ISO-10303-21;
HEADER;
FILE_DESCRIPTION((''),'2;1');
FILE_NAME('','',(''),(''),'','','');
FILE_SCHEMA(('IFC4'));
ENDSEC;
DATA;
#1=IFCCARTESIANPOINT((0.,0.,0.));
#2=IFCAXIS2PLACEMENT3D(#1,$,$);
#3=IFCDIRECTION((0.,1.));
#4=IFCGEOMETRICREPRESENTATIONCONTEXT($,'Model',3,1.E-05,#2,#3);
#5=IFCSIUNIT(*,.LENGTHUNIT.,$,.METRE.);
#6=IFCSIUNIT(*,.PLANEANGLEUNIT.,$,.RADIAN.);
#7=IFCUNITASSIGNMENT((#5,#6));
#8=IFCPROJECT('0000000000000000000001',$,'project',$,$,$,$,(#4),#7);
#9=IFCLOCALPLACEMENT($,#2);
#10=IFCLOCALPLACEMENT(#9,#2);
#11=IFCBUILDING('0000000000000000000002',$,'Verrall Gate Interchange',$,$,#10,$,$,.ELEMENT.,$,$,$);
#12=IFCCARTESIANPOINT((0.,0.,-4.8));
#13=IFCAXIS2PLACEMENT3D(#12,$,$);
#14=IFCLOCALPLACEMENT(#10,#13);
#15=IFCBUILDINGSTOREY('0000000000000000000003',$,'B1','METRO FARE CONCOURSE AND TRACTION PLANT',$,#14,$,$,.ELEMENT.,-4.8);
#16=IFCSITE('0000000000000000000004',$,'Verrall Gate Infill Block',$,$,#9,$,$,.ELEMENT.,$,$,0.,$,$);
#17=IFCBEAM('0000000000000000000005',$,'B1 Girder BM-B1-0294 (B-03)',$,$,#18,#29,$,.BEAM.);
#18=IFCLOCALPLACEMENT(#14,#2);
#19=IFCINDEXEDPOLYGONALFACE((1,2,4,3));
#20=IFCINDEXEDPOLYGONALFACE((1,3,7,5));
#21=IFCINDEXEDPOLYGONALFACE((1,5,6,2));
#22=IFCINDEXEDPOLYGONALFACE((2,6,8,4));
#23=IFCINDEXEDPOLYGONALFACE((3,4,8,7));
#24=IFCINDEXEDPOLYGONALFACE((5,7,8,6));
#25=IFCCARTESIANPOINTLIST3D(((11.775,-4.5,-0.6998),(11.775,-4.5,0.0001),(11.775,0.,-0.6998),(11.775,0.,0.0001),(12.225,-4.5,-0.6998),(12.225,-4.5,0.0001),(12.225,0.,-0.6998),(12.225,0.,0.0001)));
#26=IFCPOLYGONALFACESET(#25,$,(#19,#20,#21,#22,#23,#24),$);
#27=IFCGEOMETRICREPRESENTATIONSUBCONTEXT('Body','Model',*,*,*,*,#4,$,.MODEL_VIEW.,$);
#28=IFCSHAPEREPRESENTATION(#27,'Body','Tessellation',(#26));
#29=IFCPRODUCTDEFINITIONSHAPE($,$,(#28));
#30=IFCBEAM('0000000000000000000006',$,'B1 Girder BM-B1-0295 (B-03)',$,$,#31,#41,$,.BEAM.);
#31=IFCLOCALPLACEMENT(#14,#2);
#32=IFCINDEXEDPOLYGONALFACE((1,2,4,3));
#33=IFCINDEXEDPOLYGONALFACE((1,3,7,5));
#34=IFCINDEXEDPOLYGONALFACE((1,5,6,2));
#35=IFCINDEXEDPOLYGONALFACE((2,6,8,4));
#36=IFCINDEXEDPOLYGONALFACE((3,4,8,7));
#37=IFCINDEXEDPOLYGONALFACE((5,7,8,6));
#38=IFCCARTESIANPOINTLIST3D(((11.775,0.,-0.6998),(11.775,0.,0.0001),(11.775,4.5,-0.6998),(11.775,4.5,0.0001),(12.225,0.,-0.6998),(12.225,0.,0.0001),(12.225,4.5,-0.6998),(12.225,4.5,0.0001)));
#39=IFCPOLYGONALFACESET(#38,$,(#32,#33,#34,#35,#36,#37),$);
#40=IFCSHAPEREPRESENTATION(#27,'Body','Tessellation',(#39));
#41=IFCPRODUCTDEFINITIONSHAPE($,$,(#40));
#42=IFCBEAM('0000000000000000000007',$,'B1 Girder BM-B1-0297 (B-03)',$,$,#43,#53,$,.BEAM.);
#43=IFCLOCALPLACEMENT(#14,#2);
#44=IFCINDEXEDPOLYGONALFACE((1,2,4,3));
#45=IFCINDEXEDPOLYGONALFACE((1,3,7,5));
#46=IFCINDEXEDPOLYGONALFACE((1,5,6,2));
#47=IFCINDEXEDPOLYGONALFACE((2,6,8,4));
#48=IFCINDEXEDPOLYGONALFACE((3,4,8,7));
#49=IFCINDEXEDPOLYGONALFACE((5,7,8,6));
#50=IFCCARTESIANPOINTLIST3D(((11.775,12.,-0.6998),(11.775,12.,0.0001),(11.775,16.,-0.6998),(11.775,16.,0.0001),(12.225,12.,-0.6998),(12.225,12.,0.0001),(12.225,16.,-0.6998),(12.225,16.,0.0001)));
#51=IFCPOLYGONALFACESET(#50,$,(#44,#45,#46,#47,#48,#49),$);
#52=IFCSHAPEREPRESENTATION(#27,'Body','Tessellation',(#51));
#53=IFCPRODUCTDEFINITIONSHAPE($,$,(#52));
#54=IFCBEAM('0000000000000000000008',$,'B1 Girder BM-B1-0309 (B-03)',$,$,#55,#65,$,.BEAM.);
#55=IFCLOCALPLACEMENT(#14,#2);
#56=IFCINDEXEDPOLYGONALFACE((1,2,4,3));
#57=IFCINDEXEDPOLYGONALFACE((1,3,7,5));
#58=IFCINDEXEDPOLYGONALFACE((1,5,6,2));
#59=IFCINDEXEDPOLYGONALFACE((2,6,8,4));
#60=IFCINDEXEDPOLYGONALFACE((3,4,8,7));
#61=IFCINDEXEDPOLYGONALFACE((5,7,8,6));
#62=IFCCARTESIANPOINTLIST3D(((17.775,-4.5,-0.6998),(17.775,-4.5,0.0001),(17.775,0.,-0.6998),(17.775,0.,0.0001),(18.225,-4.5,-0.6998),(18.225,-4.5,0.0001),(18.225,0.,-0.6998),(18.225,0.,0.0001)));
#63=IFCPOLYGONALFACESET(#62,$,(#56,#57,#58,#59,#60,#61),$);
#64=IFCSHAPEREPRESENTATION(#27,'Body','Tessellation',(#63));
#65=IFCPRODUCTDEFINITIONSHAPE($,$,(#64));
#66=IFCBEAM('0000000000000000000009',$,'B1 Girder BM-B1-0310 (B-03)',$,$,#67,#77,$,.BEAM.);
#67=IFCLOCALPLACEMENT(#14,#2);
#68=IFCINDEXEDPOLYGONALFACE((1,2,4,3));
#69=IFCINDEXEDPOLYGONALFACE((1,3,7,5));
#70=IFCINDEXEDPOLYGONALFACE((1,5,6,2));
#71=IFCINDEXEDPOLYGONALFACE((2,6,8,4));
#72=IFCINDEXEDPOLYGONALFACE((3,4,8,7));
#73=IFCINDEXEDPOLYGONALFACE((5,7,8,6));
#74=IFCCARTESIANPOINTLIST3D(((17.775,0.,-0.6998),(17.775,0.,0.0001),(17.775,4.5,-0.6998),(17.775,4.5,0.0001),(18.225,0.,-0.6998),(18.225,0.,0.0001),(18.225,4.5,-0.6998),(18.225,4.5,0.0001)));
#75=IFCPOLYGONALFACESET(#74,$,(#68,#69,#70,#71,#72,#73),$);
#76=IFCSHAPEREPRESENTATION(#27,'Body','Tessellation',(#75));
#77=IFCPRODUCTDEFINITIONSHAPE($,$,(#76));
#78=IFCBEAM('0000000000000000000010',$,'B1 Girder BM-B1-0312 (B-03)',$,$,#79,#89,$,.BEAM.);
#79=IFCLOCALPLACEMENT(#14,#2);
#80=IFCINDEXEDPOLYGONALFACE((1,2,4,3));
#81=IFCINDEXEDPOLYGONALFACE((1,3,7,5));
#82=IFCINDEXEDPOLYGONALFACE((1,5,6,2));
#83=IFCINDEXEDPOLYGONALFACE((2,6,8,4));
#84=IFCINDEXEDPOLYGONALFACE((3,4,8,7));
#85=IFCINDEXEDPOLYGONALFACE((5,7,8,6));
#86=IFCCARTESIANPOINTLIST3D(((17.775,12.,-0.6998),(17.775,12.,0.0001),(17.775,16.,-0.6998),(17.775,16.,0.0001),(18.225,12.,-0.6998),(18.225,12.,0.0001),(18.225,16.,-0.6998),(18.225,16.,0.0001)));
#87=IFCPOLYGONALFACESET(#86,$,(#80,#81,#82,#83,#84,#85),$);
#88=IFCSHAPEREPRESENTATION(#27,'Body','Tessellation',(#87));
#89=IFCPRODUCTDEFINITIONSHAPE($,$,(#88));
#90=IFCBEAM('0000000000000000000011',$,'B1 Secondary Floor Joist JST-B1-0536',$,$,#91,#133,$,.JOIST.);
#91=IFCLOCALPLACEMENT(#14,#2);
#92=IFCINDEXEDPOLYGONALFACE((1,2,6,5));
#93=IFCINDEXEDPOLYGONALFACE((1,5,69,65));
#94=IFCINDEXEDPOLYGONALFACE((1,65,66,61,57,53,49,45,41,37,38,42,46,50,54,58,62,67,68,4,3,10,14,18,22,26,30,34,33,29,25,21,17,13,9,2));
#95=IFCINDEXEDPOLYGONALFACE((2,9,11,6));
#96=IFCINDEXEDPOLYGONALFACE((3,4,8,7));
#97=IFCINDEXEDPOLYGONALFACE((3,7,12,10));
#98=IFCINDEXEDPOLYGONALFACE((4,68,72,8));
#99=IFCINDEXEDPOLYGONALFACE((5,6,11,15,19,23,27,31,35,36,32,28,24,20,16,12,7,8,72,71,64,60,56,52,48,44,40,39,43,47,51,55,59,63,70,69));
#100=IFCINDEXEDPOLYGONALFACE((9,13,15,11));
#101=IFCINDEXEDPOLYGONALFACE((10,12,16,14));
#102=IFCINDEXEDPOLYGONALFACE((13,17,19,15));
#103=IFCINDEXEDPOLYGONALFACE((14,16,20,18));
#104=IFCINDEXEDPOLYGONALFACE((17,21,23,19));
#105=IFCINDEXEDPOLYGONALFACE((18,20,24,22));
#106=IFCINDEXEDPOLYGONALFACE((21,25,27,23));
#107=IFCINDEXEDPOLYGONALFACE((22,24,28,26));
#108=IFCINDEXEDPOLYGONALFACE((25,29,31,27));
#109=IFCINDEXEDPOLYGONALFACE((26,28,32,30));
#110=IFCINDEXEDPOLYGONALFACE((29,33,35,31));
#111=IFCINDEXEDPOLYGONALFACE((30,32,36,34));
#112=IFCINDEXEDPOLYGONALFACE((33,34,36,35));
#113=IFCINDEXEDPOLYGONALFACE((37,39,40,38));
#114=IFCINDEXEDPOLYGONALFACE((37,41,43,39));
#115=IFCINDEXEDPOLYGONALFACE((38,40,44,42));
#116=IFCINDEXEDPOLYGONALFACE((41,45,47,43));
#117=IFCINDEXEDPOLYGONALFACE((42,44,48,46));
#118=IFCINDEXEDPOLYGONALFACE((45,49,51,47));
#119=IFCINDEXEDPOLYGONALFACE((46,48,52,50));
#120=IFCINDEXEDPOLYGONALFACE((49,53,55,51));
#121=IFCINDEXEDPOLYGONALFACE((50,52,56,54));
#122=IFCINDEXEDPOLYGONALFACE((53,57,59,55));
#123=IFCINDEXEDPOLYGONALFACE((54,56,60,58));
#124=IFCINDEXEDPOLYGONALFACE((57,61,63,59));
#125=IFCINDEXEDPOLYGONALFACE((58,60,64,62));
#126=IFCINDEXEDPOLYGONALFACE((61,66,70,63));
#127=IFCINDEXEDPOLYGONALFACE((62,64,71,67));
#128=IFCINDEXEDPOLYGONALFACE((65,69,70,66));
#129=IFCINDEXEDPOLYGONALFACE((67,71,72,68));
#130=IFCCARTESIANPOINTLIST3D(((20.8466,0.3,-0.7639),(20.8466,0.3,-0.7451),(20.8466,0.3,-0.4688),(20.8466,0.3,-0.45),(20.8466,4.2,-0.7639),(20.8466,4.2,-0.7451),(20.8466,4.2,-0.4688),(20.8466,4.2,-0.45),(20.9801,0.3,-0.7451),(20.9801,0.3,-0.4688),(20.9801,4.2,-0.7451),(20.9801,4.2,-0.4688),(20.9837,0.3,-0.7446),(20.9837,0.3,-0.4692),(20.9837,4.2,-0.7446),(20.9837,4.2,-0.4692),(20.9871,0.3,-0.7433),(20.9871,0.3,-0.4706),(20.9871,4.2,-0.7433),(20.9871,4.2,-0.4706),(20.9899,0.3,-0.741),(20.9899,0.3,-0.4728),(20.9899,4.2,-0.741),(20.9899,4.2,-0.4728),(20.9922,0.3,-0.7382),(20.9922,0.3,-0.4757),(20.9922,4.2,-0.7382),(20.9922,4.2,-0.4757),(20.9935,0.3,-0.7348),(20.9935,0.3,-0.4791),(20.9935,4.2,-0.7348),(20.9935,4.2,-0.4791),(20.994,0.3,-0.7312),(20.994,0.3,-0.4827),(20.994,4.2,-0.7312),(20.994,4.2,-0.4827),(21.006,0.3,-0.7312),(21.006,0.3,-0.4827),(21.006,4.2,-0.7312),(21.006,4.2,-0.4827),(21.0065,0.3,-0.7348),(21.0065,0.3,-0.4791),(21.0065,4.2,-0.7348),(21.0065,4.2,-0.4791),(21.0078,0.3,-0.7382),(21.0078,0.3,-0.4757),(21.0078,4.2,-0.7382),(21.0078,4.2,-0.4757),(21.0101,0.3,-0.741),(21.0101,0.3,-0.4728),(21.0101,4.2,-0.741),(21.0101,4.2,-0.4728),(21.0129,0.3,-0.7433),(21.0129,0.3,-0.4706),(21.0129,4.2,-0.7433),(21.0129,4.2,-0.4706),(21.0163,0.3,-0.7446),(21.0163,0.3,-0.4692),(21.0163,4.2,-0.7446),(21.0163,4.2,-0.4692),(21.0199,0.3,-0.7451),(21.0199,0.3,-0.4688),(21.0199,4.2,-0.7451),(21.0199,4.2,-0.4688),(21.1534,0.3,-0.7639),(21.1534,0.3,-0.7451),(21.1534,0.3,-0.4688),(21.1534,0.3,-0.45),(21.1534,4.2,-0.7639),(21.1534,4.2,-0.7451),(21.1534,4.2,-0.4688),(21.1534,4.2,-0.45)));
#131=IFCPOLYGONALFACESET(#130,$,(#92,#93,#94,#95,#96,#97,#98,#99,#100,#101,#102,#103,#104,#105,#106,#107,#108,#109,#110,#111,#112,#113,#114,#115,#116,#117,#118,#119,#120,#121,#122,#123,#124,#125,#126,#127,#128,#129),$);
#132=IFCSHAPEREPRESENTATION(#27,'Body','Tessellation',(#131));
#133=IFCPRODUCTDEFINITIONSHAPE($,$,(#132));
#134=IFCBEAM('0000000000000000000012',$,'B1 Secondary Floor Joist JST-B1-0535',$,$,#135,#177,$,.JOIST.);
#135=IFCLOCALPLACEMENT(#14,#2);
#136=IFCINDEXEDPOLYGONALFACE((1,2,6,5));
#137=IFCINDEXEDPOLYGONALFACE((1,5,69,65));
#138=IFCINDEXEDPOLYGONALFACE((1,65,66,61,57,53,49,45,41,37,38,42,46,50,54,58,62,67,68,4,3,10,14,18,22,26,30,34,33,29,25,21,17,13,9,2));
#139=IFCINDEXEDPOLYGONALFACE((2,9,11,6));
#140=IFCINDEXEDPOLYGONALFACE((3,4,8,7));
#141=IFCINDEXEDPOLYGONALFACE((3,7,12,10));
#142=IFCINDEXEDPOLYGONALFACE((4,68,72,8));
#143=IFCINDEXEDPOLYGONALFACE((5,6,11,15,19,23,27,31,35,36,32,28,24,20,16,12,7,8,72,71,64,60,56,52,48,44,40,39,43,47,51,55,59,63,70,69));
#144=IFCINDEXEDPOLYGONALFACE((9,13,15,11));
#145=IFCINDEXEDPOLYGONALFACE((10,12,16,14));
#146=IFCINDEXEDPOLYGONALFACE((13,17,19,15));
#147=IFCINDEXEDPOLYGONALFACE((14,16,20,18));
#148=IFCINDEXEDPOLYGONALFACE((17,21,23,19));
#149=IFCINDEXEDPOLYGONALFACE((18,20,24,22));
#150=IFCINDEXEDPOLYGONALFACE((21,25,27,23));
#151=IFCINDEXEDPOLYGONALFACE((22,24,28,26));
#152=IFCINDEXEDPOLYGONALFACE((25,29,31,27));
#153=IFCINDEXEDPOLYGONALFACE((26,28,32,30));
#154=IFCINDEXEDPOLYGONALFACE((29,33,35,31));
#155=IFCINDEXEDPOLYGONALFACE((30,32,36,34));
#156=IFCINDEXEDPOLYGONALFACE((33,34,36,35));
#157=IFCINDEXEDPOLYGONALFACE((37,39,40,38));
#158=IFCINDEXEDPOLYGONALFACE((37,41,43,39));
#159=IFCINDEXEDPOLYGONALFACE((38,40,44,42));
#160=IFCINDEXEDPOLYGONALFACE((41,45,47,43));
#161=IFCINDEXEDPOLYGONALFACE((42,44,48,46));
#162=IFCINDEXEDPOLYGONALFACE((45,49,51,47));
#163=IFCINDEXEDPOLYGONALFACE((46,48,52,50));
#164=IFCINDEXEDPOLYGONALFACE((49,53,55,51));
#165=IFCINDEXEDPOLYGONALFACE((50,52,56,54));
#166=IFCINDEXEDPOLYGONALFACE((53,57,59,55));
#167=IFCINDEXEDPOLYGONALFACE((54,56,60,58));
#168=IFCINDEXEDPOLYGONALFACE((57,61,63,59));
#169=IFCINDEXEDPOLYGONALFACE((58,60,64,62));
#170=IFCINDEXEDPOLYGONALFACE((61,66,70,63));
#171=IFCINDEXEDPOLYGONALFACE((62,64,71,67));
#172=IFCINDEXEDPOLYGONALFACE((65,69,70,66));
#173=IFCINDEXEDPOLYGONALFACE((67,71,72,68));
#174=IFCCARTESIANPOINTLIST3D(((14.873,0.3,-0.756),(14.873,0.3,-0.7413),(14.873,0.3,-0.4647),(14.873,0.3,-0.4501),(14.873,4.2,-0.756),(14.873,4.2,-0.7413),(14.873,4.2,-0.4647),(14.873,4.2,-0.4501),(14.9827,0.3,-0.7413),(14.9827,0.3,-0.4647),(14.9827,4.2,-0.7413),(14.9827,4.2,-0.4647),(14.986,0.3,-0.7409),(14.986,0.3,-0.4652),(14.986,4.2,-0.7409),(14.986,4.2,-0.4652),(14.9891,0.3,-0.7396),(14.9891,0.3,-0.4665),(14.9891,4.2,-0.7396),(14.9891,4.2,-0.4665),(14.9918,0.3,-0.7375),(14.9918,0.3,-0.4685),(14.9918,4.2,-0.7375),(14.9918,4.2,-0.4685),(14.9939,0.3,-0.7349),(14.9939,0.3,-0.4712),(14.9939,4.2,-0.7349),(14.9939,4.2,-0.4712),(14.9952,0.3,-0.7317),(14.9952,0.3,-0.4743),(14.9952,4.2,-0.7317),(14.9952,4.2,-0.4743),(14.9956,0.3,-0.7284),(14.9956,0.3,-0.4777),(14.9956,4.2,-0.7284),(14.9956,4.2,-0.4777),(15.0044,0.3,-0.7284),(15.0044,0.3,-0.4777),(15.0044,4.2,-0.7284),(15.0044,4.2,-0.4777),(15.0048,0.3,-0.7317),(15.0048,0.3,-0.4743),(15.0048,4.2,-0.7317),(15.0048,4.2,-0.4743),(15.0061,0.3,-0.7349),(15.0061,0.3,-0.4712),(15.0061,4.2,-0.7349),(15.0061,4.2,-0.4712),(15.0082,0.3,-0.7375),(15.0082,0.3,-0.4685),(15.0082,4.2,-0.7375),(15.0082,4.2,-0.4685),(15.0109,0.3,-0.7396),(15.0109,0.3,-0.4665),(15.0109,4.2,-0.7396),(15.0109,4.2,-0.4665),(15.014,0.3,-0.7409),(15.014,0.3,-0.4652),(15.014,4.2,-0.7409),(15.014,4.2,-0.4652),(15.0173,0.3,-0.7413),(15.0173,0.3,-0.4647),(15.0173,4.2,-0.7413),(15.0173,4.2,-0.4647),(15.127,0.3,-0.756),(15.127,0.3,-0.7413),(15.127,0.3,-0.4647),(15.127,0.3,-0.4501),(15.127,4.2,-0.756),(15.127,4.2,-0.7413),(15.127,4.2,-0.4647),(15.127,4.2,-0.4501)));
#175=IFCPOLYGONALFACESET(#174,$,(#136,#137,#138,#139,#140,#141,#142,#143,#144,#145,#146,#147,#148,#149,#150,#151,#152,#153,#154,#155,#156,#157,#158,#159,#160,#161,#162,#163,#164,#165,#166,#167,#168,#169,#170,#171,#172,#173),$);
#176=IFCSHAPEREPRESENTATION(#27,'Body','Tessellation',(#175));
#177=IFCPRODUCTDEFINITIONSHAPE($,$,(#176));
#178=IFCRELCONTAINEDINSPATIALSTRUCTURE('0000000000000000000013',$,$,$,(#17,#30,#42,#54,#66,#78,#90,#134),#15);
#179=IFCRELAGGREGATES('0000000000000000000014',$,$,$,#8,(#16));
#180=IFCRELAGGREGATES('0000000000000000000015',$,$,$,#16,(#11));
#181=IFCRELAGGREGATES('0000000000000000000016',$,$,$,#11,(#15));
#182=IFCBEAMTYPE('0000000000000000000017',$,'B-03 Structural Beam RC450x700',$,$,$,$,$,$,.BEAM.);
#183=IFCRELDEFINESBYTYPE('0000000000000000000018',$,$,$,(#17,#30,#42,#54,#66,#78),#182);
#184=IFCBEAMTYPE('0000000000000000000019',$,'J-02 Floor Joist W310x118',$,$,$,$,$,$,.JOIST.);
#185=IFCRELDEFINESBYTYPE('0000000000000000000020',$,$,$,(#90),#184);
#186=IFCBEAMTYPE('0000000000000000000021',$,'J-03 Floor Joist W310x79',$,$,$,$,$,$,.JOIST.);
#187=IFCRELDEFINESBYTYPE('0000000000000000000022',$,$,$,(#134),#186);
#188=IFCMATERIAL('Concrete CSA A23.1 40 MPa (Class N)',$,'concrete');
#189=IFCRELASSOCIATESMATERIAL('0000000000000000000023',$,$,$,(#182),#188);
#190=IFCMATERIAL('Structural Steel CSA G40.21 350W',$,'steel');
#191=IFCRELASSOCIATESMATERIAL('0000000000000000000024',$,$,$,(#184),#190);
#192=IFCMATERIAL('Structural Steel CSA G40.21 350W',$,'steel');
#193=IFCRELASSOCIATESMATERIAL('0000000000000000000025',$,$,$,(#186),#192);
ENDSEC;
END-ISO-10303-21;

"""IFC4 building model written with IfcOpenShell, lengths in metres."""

from ifc_helpers import new_model, si_unit, direction, frame, origin, origin_2d, place, context, subcontext, project, spatial, rectangle, i_section, extrude, material, material_profile, profile_set, type_object, element, save


model = new_model("IFC4")

# Units and contexts
model_context = context("Model", 3, precision=1e-05, world=origin(), true_north=direction((0.0, 1.0)))
body_context = subcontext(model_context, "Body", "Model", "MODEL_VIEW")
ifc_project = project(units=[si_unit("LENGTHUNIT", "METRE"), si_unit("PLANEANGLEUNIT", "RADIAN")], contexts=[model_context])

# Site, building, storey
site_placement = place(None, origin())
site = spatial("IfcSite", under=ifc_project, at=site_placement, Name="Verrall Gate Infill Block", CompositionType="ELEMENT", RefElevation=0.0)
building_placement = place(site_placement, origin())
building = spatial("IfcBuilding", under=site, at=building_placement, Name="Verrall Gate Interchange", CompositionType="ELEMENT")
storey_placement = place(building_placement, frame((0.0, 0.0, -4.8)))
storey = spatial("IfcBuildingStorey", under=building, at=storey_placement, Name="B1", Description="METRO FARE CONCOURSE AND TRACTION PLANT", CompositionType="ELEMENT", Elevation=-4.8)

# Beams
ifc_material_1 = material(Name="Concrete CSA A23.1 40 MPa (Class N)", Category="concrete")
ifc_material_profile_1 = material_profile(ifc_material_1, rectangle(XDim=0.45, YDim=0.7, at=origin_2d()), Name="RC450x700")
ifc_profile_set_1 = profile_set([ifc_material_profile_1], Name="Concrete CSA A23.1 40 MPa (Class N)")
beam_type_1 = type_object("IfcBeamType", Name="B-03 Structural Beam RC450x700", PredefinedType="BEAM", material=ifc_profile_set_1)
for number, where, z_axis, x_axis, name in (
    (1, (12.0, -4.5, -0.3499), (0.0, 1.0, 0.0), (-1.0, 0.0, 0.0), "B1 Girder BM-B1-0294 (B-03)"),
    (2, (12.0, 0.0, -0.3499), (0.0, 1.0, 0.0), (-1.0, 0.0, 0.0), "B1 Girder BM-B1-0295 (B-03)"),
):
    element("IfcBeam", number, at=place(storey_placement, frame(where, z_axis=z_axis, x_axis=x_axis)), inside=storey, type_object=beam_type_1, Name=name, PredefinedType="BEAM", context=body_context, shape_type="SweptSolid", body=[
        extrude(rectangle(XDim=0.45, YDim=0.7, at=origin_2d()), origin(), (0.0, 0.0, 1.0), 4.5),
    ])
beam_1_placement = place(storey_placement, frame((12.0, 12.0, -0.3499), z_axis=(0.0, 1.0, 0.0), x_axis=(-1.0, 0.0, 0.0)))
element("IfcBeam", 3, at=beam_1_placement, inside=storey, type_object=beam_type_1, Name="B1 Girder BM-B1-0297 (B-03)", PredefinedType="BEAM", context=body_context, shape_type="SweptSolid", body=[
    extrude(rectangle(XDim=0.45, YDim=0.7, at=origin_2d()), origin(), (0.0, 0.0, 1.0), 4.0),
])
for number, where, z_axis, x_axis, name in (
    (4, (18.0, -4.5, -0.3499), (0.0, 1.0, 0.0), (-1.0, 0.0, 0.0), "B1 Girder BM-B1-0309 (B-03)"),
    (5, (18.0, 0.0, -0.3499), (0.0, 1.0, 0.0), (-1.0, 0.0, 0.0), "B1 Girder BM-B1-0310 (B-03)"),
):
    element("IfcBeam", number, at=place(storey_placement, frame(where, z_axis=z_axis, x_axis=x_axis)), inside=storey, type_object=beam_type_1, Name=name, PredefinedType="BEAM", context=body_context, shape_type="SweptSolid", body=[
        extrude(rectangle(XDim=0.45, YDim=0.7, at=origin_2d()), origin(), (0.0, 0.0, 1.0), 4.5),
    ])
beam_2_placement = place(storey_placement, frame((18.0, 12.0, -0.3499), z_axis=(0.0, 1.0, 0.0), x_axis=(-1.0, 0.0, 0.0)))
element("IfcBeam", 6, at=beam_2_placement, inside=storey, type_object=beam_type_1, Name="B1 Girder BM-B1-0312 (B-03)", PredefinedType="BEAM", context=body_context, shape_type="SweptSolid", body=[
    extrude(rectangle(XDim=0.45, YDim=0.7, at=origin_2d()), origin(), (0.0, 0.0, 1.0), 4.0),
])
ifc_material_2 = material(Name="Structural Steel CSA G40.21 350W", Category="steel")
ifc_material_profile_2 = material_profile(ifc_material_2, i_section(OverallWidth=0.3069, OverallDepth=0.314, WebThickness=0.012, FlangeThickness=0.0188, FilletRadius=0.0139, at=origin_2d()), Name="W310x118")
ifc_profile_set_2 = profile_set([ifc_material_profile_2], Name="Structural Steel CSA G40.21 350W")
beam_type_2 = type_object("IfcBeamType", Name="J-02 Floor Joist W310x118", PredefinedType="JOIST", material=ifc_profile_set_2)
beam_3_placement = place(storey_placement, frame((21.0, 0.3, -0.6069), z_axis=(0.0, 1.0, 0.0), x_axis=(-1.0, 0.0, 0.0)))
element("IfcBeam", 7, at=beam_3_placement, inside=storey, type_object=beam_type_2, Name="B1 Secondary Floor Joist JST-B1-0536", PredefinedType="JOIST", context=body_context, shape_type="SweptSolid", body=[
    extrude(i_section(OverallWidth=0.3069, OverallDepth=0.314, WebThickness=0.012, FlangeThickness=0.0188, FilletRadius=0.0139, at=origin_2d()), origin(), (0.0, 0.0, 1.0), 3.8999),
])
ifc_material_3 = material(Name="Structural Steel CSA G40.21 350W", Category="steel")
ifc_material_profile_3 = material_profile(ifc_material_3, i_section(OverallWidth=0.2539, OverallDepth=0.3059, WebThickness=0.0088, FlangeThickness=0.0146, FilletRadius=0.0129, at=origin_2d()), Name="W310x79")
ifc_profile_set_3 = profile_set([ifc_material_profile_3], Name="Structural Steel CSA G40.21 350W")
beam_type_3 = type_object("IfcBeamType", Name="J-03 Floor Joist W310x79", PredefinedType="JOIST", material=ifc_profile_set_3)
beam_4_placement = place(storey_placement, frame((15.0, 0.3, -0.603), z_axis=(0.0, 1.0, 0.0), x_axis=(-1.0, 0.0, 0.0)))
element("IfcBeam", 8, at=beam_4_placement, inside=storey, type_object=beam_type_3, Name="B1 Secondary Floor Joist JST-B1-0535", PredefinedType="JOIST", context=body_context, shape_type="SweptSolid", body=[
    extrude(i_section(OverallWidth=0.2539, OverallDepth=0.3059, WebThickness=0.0088, FlangeThickness=0.0146, FilletRadius=0.0129, at=origin_2d()), origin(), (0.0, 0.0, 1.0), 3.8999),
])

save(model, "model.ifc")
